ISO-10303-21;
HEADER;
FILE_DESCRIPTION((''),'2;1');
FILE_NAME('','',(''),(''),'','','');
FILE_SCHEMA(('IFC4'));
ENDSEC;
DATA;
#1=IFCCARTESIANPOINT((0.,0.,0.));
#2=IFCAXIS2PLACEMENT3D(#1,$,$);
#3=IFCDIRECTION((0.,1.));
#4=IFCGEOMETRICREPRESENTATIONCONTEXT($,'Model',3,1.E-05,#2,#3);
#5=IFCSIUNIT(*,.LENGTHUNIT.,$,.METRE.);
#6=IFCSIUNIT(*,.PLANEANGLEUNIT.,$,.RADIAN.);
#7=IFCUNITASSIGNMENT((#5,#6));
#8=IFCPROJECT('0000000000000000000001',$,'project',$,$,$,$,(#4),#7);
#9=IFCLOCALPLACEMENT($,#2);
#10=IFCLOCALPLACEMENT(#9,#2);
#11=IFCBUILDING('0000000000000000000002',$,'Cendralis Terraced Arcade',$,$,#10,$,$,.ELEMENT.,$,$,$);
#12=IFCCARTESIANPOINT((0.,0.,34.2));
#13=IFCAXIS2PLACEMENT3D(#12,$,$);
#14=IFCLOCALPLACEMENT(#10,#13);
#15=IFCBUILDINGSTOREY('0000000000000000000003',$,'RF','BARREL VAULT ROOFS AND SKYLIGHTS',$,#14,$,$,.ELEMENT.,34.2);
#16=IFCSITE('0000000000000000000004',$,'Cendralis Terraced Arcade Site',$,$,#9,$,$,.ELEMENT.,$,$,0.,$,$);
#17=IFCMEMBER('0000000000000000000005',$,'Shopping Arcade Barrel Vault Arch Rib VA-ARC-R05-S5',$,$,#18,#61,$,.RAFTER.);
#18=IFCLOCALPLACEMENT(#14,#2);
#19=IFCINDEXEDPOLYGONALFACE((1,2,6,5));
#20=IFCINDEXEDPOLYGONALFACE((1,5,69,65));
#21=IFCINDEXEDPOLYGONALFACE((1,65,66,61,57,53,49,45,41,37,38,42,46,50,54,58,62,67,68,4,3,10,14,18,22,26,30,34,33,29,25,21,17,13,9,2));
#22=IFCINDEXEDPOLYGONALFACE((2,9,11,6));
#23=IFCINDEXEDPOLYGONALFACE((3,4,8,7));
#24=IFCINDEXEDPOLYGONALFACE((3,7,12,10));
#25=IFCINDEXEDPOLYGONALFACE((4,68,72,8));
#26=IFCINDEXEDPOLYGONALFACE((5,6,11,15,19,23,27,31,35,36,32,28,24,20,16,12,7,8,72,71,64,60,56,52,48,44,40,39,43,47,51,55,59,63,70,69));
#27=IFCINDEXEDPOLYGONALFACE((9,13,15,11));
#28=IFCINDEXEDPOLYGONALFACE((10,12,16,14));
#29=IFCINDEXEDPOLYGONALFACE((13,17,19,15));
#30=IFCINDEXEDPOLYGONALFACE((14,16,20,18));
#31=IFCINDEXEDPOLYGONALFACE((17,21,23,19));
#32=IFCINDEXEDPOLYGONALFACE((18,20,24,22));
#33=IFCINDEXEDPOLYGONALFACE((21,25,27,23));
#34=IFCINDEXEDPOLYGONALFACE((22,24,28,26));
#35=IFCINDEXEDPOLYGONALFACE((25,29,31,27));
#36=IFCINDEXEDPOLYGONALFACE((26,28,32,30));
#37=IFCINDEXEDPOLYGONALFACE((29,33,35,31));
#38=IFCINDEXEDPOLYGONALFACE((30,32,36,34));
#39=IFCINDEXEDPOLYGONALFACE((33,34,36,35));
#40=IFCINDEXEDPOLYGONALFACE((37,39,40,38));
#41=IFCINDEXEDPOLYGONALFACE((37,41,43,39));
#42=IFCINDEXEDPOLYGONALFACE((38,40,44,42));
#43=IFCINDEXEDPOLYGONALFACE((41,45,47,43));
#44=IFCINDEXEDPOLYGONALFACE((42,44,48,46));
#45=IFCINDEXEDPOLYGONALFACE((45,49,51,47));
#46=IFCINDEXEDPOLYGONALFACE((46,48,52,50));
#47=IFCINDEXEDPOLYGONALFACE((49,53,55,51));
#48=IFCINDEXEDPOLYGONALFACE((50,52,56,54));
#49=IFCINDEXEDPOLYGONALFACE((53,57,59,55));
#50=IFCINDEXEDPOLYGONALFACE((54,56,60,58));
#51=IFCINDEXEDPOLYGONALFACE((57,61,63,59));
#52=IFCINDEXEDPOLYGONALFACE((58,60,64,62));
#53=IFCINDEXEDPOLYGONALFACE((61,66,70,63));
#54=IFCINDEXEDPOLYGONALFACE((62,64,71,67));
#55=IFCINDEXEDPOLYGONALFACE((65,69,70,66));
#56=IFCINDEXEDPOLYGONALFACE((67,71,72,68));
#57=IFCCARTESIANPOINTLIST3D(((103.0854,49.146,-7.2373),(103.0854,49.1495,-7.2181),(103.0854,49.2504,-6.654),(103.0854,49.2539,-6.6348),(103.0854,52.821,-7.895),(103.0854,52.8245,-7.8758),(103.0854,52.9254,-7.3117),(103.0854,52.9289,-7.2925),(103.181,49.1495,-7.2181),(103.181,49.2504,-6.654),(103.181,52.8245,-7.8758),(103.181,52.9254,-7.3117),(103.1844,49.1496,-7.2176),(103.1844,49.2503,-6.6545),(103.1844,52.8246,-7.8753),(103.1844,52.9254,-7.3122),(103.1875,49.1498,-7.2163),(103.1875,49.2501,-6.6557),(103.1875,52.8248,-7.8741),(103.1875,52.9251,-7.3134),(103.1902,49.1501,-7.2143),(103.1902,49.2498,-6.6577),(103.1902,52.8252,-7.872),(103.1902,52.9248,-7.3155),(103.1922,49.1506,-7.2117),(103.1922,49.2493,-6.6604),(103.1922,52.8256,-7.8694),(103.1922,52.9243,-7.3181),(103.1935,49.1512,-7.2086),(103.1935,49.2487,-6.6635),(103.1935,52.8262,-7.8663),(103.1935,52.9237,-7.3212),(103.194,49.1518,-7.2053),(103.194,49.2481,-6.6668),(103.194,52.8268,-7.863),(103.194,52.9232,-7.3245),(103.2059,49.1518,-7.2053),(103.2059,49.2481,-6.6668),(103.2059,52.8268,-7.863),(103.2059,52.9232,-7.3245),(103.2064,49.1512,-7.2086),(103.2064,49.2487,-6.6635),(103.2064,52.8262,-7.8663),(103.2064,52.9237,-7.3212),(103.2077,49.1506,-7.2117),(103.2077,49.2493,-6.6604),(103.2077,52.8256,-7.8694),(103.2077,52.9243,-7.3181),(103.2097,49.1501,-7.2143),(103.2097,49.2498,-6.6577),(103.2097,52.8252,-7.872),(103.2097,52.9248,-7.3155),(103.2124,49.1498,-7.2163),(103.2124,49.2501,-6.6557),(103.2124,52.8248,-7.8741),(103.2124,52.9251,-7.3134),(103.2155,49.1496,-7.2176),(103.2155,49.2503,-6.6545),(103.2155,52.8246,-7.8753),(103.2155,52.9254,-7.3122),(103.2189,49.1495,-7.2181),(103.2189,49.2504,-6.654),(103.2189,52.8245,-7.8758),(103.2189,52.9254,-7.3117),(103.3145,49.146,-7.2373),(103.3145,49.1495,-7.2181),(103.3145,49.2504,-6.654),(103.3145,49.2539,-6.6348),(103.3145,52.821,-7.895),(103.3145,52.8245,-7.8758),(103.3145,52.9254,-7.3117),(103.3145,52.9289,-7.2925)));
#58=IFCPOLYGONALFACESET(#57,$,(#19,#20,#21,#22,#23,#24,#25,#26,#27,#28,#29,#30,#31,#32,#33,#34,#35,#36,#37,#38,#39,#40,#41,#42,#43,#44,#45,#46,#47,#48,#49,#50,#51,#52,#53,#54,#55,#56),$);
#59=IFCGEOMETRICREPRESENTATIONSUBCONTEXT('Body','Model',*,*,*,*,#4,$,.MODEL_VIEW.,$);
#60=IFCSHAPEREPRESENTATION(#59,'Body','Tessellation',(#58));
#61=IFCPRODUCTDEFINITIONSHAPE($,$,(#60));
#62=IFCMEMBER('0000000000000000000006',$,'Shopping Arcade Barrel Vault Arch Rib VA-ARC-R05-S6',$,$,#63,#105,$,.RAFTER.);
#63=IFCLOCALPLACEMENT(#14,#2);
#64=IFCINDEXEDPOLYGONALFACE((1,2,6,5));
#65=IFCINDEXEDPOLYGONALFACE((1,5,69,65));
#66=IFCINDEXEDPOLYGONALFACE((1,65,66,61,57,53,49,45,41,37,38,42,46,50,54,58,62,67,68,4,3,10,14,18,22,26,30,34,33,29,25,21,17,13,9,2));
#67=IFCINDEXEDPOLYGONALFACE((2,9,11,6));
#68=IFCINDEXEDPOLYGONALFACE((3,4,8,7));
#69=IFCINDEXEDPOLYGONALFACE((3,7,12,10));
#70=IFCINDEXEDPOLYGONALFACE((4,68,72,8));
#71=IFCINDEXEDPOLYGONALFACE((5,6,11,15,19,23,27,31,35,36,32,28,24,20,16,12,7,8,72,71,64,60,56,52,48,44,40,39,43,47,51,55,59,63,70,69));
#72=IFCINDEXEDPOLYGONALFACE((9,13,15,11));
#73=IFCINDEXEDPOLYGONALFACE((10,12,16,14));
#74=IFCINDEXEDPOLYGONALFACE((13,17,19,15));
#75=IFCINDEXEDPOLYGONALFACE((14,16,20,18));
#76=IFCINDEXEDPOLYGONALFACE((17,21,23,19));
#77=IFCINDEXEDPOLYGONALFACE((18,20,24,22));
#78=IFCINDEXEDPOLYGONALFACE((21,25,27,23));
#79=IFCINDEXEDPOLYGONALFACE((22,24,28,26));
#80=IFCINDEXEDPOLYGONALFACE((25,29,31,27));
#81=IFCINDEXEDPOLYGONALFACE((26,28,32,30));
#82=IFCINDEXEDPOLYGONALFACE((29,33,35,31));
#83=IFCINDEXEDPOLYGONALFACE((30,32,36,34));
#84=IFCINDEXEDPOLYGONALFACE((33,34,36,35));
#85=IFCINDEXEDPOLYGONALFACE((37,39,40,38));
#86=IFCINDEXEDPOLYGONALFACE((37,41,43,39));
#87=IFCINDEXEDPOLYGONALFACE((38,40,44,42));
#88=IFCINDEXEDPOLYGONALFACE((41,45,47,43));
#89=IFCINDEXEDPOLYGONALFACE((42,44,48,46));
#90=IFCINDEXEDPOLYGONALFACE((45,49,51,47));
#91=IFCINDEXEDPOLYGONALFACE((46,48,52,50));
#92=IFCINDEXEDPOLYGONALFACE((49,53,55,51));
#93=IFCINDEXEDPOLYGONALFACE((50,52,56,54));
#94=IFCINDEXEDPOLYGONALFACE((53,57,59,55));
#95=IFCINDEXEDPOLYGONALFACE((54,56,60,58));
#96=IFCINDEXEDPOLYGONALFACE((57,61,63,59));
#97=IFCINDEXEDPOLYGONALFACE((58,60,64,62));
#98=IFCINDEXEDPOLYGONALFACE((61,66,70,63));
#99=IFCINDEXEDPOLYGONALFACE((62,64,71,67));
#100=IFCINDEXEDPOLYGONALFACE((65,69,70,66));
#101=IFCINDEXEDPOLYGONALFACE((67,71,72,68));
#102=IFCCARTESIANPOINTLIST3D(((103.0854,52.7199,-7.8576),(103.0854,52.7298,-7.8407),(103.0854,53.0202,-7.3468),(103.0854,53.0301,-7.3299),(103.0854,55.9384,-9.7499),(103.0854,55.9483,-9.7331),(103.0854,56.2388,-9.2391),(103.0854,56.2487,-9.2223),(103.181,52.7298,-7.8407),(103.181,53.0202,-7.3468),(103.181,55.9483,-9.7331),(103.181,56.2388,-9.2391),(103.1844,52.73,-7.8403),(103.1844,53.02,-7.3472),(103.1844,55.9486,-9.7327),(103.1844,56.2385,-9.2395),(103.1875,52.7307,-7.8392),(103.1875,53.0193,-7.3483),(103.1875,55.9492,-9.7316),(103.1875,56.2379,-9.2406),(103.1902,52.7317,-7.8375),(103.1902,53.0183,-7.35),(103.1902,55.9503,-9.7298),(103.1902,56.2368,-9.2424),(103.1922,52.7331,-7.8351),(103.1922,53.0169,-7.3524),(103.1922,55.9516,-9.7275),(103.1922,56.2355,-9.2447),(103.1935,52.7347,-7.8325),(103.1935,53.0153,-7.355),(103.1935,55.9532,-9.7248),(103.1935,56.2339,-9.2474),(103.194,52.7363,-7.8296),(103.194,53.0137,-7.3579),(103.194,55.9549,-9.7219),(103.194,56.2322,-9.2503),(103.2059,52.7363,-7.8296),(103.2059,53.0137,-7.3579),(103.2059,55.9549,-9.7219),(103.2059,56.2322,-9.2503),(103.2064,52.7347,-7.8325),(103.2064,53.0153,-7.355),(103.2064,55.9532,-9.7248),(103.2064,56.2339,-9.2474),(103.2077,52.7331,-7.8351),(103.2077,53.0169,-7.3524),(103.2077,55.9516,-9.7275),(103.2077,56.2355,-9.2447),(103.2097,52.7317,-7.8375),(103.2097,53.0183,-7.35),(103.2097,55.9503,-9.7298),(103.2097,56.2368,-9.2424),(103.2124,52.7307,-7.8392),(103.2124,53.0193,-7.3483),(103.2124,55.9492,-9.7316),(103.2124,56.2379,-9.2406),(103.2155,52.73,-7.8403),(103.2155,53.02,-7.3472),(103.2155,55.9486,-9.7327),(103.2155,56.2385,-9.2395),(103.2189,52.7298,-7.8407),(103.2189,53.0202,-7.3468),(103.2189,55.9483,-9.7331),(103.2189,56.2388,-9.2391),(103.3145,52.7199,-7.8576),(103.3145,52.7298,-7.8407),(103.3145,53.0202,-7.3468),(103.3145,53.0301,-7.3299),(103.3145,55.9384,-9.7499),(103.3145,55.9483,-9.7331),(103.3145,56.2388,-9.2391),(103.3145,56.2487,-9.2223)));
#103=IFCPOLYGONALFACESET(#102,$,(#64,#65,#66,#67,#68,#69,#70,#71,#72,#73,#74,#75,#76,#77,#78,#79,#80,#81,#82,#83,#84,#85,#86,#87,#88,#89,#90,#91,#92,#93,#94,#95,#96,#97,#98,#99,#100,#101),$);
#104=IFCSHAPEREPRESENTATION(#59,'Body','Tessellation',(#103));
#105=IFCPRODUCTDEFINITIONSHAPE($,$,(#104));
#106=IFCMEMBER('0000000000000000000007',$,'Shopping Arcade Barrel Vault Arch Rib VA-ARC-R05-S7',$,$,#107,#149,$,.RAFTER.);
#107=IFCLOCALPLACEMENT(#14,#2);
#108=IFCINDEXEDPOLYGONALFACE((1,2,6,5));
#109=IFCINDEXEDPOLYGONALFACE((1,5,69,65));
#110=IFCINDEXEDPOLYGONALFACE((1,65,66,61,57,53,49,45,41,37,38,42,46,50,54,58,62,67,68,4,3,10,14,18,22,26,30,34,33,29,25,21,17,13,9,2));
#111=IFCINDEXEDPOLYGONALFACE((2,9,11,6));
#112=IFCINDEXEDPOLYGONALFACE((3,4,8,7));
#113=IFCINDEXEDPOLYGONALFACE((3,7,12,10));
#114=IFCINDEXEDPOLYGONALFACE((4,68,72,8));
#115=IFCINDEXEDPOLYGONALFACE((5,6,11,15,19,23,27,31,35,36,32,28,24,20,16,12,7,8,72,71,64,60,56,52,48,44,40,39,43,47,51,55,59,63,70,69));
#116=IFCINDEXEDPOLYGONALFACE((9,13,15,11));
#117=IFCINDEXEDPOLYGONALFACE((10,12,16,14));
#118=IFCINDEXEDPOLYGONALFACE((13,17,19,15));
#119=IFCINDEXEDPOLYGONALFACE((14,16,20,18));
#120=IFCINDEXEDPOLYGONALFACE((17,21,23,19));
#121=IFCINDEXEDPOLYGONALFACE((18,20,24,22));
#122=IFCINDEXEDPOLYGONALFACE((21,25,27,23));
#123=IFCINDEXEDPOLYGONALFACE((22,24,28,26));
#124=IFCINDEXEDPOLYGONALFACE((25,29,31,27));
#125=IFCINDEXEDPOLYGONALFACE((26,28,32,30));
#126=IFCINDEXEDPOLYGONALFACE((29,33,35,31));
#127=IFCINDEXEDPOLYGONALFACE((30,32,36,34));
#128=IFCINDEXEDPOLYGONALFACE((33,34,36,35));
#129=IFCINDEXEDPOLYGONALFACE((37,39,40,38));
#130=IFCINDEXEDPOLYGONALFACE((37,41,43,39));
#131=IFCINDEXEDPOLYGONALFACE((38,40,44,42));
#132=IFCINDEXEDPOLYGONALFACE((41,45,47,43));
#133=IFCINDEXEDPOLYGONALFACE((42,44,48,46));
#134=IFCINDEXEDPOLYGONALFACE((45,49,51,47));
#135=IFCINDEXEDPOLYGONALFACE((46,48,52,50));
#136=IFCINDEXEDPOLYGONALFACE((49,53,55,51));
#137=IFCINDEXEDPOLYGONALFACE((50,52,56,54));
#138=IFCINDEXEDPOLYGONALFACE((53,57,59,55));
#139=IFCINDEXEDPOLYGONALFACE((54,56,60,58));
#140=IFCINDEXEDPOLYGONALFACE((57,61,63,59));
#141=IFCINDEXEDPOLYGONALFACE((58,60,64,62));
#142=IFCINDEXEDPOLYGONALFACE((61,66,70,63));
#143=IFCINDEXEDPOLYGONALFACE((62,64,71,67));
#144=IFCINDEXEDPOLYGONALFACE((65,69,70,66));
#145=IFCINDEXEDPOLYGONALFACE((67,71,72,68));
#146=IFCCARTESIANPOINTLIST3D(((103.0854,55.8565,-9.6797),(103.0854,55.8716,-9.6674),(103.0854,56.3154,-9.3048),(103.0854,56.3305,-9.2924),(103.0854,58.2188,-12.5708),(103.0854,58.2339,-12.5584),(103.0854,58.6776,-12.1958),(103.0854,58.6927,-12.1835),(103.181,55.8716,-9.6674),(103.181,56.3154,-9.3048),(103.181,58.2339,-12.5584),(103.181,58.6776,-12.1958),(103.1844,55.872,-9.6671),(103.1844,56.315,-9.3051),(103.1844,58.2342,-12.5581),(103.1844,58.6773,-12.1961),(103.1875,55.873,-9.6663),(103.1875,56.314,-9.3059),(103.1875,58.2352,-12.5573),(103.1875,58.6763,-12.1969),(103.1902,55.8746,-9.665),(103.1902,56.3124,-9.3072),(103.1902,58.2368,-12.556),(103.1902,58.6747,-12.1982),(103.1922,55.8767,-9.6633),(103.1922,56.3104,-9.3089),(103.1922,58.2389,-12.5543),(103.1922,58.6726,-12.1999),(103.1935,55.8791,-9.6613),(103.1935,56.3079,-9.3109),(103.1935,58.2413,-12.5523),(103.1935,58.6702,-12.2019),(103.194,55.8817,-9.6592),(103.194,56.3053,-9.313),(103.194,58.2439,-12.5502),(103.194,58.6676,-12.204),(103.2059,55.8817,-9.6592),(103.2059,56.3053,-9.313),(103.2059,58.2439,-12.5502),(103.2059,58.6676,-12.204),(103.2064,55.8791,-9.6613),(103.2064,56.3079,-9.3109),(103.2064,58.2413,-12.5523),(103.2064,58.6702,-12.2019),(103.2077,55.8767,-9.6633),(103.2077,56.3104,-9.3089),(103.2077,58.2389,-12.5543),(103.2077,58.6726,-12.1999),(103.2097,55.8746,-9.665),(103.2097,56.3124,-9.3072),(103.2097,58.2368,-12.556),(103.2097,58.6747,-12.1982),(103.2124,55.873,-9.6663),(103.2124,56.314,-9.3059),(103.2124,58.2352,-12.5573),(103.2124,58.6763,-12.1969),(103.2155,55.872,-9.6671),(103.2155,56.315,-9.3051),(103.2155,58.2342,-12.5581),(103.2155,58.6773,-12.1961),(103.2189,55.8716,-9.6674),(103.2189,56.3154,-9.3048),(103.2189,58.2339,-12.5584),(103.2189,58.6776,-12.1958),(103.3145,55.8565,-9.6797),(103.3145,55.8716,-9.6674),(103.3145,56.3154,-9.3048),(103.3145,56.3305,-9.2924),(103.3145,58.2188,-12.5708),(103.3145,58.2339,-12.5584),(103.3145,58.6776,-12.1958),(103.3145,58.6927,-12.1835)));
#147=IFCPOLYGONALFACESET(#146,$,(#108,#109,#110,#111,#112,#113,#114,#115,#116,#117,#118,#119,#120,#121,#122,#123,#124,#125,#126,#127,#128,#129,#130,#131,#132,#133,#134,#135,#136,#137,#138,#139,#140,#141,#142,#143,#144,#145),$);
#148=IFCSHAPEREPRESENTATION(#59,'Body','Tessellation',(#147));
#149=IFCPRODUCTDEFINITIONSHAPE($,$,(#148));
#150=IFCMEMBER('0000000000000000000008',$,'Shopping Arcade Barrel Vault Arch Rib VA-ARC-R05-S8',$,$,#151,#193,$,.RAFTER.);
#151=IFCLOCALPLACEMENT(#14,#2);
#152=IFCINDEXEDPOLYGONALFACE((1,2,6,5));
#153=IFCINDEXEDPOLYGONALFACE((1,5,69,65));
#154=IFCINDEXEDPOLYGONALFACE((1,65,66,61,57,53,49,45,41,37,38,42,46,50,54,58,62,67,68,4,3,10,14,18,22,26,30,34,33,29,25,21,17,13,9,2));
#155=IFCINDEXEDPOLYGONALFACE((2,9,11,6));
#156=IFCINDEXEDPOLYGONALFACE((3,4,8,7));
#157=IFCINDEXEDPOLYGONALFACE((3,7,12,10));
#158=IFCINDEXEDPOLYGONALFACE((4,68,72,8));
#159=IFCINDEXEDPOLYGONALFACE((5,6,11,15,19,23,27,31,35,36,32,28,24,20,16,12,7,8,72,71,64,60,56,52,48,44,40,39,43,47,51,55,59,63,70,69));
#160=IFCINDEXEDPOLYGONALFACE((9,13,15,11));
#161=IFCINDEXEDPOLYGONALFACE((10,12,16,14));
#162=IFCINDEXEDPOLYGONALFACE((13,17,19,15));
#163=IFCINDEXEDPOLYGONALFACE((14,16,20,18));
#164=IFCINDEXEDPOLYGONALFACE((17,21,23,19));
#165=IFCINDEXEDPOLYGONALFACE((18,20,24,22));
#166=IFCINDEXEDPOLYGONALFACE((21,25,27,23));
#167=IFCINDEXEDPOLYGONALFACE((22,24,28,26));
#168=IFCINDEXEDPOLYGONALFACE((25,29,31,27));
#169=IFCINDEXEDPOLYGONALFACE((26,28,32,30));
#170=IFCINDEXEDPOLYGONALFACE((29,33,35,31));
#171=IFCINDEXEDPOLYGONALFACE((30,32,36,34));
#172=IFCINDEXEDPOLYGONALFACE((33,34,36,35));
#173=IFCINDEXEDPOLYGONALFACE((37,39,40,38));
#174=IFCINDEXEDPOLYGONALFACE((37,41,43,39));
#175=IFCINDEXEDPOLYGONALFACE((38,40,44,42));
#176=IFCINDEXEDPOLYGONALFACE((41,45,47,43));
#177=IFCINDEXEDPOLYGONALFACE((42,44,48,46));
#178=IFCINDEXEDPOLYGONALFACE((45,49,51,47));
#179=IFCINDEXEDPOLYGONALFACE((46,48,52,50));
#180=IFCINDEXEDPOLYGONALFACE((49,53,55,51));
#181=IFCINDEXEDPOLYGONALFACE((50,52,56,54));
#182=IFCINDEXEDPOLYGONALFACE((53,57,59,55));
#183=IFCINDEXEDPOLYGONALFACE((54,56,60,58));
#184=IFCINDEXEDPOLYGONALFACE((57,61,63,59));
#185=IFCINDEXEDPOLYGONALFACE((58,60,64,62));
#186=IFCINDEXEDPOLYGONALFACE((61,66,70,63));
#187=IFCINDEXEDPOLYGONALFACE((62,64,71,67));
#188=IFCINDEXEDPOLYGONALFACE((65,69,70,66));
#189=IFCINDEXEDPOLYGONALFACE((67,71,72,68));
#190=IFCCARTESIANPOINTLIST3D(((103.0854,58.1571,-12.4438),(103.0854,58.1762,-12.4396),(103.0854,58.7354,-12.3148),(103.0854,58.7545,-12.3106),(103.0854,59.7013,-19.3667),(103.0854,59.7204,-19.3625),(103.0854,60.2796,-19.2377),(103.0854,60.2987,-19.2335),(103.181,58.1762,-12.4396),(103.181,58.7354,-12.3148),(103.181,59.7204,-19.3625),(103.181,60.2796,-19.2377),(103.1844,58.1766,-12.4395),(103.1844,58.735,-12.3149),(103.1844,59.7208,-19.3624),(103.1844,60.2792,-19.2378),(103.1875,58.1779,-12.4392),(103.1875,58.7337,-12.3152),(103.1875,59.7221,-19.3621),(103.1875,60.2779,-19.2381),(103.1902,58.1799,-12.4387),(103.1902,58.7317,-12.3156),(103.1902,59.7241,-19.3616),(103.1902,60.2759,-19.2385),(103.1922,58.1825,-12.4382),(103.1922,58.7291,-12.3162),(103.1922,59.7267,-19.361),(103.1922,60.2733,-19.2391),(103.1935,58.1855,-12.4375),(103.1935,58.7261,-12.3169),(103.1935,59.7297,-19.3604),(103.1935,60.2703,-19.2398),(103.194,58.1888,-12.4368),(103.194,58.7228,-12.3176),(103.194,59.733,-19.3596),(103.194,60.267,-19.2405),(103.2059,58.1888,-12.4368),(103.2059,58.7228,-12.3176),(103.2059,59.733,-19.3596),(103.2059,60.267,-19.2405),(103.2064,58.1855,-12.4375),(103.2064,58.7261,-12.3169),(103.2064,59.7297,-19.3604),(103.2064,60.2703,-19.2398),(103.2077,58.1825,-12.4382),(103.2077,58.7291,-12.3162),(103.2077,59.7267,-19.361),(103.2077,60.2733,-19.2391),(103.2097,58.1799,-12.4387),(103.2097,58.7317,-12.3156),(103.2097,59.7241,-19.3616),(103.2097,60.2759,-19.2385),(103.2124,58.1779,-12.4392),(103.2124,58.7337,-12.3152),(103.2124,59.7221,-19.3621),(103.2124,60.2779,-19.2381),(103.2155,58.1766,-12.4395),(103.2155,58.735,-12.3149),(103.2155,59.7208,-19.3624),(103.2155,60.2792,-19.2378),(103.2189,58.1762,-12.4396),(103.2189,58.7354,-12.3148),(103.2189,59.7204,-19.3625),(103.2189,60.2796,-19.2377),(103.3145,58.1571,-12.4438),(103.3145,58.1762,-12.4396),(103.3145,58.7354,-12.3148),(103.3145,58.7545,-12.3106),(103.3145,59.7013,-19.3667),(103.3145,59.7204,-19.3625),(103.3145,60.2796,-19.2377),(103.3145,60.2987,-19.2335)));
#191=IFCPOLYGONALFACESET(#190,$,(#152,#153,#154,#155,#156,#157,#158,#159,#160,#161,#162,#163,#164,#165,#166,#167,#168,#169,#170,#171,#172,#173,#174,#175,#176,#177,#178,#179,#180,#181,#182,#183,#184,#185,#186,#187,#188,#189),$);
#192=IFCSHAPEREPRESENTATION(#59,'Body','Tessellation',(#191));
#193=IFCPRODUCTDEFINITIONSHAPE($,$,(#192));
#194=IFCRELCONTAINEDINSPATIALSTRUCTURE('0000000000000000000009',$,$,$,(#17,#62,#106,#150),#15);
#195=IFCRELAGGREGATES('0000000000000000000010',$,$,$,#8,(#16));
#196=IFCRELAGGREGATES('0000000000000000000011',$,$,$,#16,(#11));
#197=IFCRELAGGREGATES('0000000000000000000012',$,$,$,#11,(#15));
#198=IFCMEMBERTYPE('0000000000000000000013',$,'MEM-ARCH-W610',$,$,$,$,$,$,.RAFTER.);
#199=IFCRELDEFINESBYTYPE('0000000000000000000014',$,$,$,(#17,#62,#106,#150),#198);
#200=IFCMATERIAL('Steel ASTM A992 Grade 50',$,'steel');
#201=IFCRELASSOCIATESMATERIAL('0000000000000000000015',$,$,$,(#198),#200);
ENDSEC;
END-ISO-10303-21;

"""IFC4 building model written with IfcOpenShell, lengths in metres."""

from ifc_helpers import new_model, si_unit, direction, frame, origin, origin_2d, place, context, subcontext, project, spatial, i_section, extrude, material, material_profile, profile_set, type_object, element, save


model = new_model("IFC4")

# Units and contexts
model_context = context("Model", 3, precision=1e-05, world=origin(), true_north=direction((0.0, 1.0)))
body_context = subcontext(model_context, "Body", "Model", "MODEL_VIEW")
ifc_project = project(units=[si_unit("LENGTHUNIT", "METRE"), si_unit("PLANEANGLEUNIT", "RADIAN")], contexts=[model_context])

# Site, building, storey
site_placement = place(None, origin())
site = spatial("IfcSite", under=ifc_project, at=site_placement, Name="Cendralis Terraced Arcade Site", CompositionType="ELEMENT", RefElevation=0.0)
building_placement = place(site_placement, origin())
building = spatial("IfcBuilding", under=site, at=building_placement, Name="Cendralis Terraced Arcade", CompositionType="ELEMENT")
storey_placement = place(building_placement, frame((0.0, 0.0, 34.2)))
storey = spatial("IfcBuildingStorey", under=building, at=storey_placement, Name="RF", Description="BARREL VAULT ROOFS AND SKYLIGHTS", CompositionType="ELEMENT", Elevation=34.2)

# Members
ifc_material_1 = material(Name="Steel ASTM A992 Grade 50", Category="steel")
ifc_material_profile_1 = material_profile(ifc_material_1, i_section(OverallWidth=0.229, OverallDepth=0.6121, WebThickness=0.012, FlangeThickness=0.0195, FilletRadius=0.0129, at=origin_2d()), Name="W610X125", Category="LoadBearing")
ifc_profile_set_1 = profile_set([ifc_material_profile_1], Name="Steel ASTM A992 Grade 50")
member_type_1 = type_object("IfcMemberType", Name="MEM-ARCH-W610", PredefinedType="RAFTER", material=ifc_profile_set_1)
member_1_placement = place(storey_placement, frame((103.2, 49.2, -6.936), z_axis=(0.0, 0.98436, -0.176169), x_axis=(-1.0, 0.0, 0.0)))
element("IfcMember", 1, at=member_1_placement, inside=storey, type_object=member_type_1, Name="Shopping Arcade Barrel Vault Arch Rib VA-ARC-R05-S5", PredefinedType="RAFTER", context=body_context, shape_type="SweptSolid", body=[
    extrude(i_section(OverallWidth=0.229, OverallDepth=0.6121, WebThickness=0.012, FlangeThickness=0.0195, FilletRadius=0.0129, at=origin_2d()), origin(), (0.0, 0.0, 1.0), 3.7334),
])
member_2_placement = place(storey_placement, frame((103.2, 52.875, -7.5938), z_axis=(0.0, 0.86204, -0.50684), x_axis=(-1.0, 0.0, 0.0)))
element("IfcMember", 2, at=member_2_placement, inside=storey, type_object=member_type_1, Name="Shopping Arcade Barrel Vault Arch Rib VA-ARC-R05-S6", PredefinedType="RAFTER", context=body_context, shape_type="SweptSolid", body=[
    extrude(i_section(OverallWidth=0.229, OverallDepth=0.6121, WebThickness=0.012, FlangeThickness=0.0195, FilletRadius=0.0129, at=origin_2d()), origin(), (0.0, 0.0, 1.0), 3.7336),
])
member_3_placement = place(storey_placement, frame((103.2, 56.0935, -9.4861), z_axis=(0.0, 0.632732, -0.774371), x_axis=(-1.0, 0.0, 0.0)))
element("IfcMember", 3, at=member_3_placement, inside=storey, type_object=member_type_1, Name="Shopping Arcade Barrel Vault Arch Rib VA-ARC-R05-S7", PredefinedType="RAFTER", context=body_context, shape_type="SweptSolid", body=[
    extrude(i_section(OverallWidth=0.229, OverallDepth=0.6121, WebThickness=0.012, FlangeThickness=0.0195, FilletRadius=0.0129, at=origin_2d()), origin(), (0.0, 0.0, 1.0), 3.7334),
])
member_4_placement = place(storey_placement, frame((103.2, 58.4558, -12.3772), z_axis=(0.0, 0.217707, -0.976014), x_axis=(-1.0, 0.0, 0.0)))
element("IfcMember", 4, at=member_4_placement, inside=storey, type_object=member_type_1, Name="Shopping Arcade Barrel Vault Arch Rib VA-ARC-R05-S8", PredefinedType="RAFTER", context=body_context, shape_type="SweptSolid", body=[
    extrude(i_section(OverallWidth=0.229, OverallDepth=0.6121, WebThickness=0.012, FlangeThickness=0.0195, FilletRadius=0.0129, at=origin_2d()), origin(), (0.0, 0.0, 1.0), 7.093),
])

save(model, "model.ifc")
